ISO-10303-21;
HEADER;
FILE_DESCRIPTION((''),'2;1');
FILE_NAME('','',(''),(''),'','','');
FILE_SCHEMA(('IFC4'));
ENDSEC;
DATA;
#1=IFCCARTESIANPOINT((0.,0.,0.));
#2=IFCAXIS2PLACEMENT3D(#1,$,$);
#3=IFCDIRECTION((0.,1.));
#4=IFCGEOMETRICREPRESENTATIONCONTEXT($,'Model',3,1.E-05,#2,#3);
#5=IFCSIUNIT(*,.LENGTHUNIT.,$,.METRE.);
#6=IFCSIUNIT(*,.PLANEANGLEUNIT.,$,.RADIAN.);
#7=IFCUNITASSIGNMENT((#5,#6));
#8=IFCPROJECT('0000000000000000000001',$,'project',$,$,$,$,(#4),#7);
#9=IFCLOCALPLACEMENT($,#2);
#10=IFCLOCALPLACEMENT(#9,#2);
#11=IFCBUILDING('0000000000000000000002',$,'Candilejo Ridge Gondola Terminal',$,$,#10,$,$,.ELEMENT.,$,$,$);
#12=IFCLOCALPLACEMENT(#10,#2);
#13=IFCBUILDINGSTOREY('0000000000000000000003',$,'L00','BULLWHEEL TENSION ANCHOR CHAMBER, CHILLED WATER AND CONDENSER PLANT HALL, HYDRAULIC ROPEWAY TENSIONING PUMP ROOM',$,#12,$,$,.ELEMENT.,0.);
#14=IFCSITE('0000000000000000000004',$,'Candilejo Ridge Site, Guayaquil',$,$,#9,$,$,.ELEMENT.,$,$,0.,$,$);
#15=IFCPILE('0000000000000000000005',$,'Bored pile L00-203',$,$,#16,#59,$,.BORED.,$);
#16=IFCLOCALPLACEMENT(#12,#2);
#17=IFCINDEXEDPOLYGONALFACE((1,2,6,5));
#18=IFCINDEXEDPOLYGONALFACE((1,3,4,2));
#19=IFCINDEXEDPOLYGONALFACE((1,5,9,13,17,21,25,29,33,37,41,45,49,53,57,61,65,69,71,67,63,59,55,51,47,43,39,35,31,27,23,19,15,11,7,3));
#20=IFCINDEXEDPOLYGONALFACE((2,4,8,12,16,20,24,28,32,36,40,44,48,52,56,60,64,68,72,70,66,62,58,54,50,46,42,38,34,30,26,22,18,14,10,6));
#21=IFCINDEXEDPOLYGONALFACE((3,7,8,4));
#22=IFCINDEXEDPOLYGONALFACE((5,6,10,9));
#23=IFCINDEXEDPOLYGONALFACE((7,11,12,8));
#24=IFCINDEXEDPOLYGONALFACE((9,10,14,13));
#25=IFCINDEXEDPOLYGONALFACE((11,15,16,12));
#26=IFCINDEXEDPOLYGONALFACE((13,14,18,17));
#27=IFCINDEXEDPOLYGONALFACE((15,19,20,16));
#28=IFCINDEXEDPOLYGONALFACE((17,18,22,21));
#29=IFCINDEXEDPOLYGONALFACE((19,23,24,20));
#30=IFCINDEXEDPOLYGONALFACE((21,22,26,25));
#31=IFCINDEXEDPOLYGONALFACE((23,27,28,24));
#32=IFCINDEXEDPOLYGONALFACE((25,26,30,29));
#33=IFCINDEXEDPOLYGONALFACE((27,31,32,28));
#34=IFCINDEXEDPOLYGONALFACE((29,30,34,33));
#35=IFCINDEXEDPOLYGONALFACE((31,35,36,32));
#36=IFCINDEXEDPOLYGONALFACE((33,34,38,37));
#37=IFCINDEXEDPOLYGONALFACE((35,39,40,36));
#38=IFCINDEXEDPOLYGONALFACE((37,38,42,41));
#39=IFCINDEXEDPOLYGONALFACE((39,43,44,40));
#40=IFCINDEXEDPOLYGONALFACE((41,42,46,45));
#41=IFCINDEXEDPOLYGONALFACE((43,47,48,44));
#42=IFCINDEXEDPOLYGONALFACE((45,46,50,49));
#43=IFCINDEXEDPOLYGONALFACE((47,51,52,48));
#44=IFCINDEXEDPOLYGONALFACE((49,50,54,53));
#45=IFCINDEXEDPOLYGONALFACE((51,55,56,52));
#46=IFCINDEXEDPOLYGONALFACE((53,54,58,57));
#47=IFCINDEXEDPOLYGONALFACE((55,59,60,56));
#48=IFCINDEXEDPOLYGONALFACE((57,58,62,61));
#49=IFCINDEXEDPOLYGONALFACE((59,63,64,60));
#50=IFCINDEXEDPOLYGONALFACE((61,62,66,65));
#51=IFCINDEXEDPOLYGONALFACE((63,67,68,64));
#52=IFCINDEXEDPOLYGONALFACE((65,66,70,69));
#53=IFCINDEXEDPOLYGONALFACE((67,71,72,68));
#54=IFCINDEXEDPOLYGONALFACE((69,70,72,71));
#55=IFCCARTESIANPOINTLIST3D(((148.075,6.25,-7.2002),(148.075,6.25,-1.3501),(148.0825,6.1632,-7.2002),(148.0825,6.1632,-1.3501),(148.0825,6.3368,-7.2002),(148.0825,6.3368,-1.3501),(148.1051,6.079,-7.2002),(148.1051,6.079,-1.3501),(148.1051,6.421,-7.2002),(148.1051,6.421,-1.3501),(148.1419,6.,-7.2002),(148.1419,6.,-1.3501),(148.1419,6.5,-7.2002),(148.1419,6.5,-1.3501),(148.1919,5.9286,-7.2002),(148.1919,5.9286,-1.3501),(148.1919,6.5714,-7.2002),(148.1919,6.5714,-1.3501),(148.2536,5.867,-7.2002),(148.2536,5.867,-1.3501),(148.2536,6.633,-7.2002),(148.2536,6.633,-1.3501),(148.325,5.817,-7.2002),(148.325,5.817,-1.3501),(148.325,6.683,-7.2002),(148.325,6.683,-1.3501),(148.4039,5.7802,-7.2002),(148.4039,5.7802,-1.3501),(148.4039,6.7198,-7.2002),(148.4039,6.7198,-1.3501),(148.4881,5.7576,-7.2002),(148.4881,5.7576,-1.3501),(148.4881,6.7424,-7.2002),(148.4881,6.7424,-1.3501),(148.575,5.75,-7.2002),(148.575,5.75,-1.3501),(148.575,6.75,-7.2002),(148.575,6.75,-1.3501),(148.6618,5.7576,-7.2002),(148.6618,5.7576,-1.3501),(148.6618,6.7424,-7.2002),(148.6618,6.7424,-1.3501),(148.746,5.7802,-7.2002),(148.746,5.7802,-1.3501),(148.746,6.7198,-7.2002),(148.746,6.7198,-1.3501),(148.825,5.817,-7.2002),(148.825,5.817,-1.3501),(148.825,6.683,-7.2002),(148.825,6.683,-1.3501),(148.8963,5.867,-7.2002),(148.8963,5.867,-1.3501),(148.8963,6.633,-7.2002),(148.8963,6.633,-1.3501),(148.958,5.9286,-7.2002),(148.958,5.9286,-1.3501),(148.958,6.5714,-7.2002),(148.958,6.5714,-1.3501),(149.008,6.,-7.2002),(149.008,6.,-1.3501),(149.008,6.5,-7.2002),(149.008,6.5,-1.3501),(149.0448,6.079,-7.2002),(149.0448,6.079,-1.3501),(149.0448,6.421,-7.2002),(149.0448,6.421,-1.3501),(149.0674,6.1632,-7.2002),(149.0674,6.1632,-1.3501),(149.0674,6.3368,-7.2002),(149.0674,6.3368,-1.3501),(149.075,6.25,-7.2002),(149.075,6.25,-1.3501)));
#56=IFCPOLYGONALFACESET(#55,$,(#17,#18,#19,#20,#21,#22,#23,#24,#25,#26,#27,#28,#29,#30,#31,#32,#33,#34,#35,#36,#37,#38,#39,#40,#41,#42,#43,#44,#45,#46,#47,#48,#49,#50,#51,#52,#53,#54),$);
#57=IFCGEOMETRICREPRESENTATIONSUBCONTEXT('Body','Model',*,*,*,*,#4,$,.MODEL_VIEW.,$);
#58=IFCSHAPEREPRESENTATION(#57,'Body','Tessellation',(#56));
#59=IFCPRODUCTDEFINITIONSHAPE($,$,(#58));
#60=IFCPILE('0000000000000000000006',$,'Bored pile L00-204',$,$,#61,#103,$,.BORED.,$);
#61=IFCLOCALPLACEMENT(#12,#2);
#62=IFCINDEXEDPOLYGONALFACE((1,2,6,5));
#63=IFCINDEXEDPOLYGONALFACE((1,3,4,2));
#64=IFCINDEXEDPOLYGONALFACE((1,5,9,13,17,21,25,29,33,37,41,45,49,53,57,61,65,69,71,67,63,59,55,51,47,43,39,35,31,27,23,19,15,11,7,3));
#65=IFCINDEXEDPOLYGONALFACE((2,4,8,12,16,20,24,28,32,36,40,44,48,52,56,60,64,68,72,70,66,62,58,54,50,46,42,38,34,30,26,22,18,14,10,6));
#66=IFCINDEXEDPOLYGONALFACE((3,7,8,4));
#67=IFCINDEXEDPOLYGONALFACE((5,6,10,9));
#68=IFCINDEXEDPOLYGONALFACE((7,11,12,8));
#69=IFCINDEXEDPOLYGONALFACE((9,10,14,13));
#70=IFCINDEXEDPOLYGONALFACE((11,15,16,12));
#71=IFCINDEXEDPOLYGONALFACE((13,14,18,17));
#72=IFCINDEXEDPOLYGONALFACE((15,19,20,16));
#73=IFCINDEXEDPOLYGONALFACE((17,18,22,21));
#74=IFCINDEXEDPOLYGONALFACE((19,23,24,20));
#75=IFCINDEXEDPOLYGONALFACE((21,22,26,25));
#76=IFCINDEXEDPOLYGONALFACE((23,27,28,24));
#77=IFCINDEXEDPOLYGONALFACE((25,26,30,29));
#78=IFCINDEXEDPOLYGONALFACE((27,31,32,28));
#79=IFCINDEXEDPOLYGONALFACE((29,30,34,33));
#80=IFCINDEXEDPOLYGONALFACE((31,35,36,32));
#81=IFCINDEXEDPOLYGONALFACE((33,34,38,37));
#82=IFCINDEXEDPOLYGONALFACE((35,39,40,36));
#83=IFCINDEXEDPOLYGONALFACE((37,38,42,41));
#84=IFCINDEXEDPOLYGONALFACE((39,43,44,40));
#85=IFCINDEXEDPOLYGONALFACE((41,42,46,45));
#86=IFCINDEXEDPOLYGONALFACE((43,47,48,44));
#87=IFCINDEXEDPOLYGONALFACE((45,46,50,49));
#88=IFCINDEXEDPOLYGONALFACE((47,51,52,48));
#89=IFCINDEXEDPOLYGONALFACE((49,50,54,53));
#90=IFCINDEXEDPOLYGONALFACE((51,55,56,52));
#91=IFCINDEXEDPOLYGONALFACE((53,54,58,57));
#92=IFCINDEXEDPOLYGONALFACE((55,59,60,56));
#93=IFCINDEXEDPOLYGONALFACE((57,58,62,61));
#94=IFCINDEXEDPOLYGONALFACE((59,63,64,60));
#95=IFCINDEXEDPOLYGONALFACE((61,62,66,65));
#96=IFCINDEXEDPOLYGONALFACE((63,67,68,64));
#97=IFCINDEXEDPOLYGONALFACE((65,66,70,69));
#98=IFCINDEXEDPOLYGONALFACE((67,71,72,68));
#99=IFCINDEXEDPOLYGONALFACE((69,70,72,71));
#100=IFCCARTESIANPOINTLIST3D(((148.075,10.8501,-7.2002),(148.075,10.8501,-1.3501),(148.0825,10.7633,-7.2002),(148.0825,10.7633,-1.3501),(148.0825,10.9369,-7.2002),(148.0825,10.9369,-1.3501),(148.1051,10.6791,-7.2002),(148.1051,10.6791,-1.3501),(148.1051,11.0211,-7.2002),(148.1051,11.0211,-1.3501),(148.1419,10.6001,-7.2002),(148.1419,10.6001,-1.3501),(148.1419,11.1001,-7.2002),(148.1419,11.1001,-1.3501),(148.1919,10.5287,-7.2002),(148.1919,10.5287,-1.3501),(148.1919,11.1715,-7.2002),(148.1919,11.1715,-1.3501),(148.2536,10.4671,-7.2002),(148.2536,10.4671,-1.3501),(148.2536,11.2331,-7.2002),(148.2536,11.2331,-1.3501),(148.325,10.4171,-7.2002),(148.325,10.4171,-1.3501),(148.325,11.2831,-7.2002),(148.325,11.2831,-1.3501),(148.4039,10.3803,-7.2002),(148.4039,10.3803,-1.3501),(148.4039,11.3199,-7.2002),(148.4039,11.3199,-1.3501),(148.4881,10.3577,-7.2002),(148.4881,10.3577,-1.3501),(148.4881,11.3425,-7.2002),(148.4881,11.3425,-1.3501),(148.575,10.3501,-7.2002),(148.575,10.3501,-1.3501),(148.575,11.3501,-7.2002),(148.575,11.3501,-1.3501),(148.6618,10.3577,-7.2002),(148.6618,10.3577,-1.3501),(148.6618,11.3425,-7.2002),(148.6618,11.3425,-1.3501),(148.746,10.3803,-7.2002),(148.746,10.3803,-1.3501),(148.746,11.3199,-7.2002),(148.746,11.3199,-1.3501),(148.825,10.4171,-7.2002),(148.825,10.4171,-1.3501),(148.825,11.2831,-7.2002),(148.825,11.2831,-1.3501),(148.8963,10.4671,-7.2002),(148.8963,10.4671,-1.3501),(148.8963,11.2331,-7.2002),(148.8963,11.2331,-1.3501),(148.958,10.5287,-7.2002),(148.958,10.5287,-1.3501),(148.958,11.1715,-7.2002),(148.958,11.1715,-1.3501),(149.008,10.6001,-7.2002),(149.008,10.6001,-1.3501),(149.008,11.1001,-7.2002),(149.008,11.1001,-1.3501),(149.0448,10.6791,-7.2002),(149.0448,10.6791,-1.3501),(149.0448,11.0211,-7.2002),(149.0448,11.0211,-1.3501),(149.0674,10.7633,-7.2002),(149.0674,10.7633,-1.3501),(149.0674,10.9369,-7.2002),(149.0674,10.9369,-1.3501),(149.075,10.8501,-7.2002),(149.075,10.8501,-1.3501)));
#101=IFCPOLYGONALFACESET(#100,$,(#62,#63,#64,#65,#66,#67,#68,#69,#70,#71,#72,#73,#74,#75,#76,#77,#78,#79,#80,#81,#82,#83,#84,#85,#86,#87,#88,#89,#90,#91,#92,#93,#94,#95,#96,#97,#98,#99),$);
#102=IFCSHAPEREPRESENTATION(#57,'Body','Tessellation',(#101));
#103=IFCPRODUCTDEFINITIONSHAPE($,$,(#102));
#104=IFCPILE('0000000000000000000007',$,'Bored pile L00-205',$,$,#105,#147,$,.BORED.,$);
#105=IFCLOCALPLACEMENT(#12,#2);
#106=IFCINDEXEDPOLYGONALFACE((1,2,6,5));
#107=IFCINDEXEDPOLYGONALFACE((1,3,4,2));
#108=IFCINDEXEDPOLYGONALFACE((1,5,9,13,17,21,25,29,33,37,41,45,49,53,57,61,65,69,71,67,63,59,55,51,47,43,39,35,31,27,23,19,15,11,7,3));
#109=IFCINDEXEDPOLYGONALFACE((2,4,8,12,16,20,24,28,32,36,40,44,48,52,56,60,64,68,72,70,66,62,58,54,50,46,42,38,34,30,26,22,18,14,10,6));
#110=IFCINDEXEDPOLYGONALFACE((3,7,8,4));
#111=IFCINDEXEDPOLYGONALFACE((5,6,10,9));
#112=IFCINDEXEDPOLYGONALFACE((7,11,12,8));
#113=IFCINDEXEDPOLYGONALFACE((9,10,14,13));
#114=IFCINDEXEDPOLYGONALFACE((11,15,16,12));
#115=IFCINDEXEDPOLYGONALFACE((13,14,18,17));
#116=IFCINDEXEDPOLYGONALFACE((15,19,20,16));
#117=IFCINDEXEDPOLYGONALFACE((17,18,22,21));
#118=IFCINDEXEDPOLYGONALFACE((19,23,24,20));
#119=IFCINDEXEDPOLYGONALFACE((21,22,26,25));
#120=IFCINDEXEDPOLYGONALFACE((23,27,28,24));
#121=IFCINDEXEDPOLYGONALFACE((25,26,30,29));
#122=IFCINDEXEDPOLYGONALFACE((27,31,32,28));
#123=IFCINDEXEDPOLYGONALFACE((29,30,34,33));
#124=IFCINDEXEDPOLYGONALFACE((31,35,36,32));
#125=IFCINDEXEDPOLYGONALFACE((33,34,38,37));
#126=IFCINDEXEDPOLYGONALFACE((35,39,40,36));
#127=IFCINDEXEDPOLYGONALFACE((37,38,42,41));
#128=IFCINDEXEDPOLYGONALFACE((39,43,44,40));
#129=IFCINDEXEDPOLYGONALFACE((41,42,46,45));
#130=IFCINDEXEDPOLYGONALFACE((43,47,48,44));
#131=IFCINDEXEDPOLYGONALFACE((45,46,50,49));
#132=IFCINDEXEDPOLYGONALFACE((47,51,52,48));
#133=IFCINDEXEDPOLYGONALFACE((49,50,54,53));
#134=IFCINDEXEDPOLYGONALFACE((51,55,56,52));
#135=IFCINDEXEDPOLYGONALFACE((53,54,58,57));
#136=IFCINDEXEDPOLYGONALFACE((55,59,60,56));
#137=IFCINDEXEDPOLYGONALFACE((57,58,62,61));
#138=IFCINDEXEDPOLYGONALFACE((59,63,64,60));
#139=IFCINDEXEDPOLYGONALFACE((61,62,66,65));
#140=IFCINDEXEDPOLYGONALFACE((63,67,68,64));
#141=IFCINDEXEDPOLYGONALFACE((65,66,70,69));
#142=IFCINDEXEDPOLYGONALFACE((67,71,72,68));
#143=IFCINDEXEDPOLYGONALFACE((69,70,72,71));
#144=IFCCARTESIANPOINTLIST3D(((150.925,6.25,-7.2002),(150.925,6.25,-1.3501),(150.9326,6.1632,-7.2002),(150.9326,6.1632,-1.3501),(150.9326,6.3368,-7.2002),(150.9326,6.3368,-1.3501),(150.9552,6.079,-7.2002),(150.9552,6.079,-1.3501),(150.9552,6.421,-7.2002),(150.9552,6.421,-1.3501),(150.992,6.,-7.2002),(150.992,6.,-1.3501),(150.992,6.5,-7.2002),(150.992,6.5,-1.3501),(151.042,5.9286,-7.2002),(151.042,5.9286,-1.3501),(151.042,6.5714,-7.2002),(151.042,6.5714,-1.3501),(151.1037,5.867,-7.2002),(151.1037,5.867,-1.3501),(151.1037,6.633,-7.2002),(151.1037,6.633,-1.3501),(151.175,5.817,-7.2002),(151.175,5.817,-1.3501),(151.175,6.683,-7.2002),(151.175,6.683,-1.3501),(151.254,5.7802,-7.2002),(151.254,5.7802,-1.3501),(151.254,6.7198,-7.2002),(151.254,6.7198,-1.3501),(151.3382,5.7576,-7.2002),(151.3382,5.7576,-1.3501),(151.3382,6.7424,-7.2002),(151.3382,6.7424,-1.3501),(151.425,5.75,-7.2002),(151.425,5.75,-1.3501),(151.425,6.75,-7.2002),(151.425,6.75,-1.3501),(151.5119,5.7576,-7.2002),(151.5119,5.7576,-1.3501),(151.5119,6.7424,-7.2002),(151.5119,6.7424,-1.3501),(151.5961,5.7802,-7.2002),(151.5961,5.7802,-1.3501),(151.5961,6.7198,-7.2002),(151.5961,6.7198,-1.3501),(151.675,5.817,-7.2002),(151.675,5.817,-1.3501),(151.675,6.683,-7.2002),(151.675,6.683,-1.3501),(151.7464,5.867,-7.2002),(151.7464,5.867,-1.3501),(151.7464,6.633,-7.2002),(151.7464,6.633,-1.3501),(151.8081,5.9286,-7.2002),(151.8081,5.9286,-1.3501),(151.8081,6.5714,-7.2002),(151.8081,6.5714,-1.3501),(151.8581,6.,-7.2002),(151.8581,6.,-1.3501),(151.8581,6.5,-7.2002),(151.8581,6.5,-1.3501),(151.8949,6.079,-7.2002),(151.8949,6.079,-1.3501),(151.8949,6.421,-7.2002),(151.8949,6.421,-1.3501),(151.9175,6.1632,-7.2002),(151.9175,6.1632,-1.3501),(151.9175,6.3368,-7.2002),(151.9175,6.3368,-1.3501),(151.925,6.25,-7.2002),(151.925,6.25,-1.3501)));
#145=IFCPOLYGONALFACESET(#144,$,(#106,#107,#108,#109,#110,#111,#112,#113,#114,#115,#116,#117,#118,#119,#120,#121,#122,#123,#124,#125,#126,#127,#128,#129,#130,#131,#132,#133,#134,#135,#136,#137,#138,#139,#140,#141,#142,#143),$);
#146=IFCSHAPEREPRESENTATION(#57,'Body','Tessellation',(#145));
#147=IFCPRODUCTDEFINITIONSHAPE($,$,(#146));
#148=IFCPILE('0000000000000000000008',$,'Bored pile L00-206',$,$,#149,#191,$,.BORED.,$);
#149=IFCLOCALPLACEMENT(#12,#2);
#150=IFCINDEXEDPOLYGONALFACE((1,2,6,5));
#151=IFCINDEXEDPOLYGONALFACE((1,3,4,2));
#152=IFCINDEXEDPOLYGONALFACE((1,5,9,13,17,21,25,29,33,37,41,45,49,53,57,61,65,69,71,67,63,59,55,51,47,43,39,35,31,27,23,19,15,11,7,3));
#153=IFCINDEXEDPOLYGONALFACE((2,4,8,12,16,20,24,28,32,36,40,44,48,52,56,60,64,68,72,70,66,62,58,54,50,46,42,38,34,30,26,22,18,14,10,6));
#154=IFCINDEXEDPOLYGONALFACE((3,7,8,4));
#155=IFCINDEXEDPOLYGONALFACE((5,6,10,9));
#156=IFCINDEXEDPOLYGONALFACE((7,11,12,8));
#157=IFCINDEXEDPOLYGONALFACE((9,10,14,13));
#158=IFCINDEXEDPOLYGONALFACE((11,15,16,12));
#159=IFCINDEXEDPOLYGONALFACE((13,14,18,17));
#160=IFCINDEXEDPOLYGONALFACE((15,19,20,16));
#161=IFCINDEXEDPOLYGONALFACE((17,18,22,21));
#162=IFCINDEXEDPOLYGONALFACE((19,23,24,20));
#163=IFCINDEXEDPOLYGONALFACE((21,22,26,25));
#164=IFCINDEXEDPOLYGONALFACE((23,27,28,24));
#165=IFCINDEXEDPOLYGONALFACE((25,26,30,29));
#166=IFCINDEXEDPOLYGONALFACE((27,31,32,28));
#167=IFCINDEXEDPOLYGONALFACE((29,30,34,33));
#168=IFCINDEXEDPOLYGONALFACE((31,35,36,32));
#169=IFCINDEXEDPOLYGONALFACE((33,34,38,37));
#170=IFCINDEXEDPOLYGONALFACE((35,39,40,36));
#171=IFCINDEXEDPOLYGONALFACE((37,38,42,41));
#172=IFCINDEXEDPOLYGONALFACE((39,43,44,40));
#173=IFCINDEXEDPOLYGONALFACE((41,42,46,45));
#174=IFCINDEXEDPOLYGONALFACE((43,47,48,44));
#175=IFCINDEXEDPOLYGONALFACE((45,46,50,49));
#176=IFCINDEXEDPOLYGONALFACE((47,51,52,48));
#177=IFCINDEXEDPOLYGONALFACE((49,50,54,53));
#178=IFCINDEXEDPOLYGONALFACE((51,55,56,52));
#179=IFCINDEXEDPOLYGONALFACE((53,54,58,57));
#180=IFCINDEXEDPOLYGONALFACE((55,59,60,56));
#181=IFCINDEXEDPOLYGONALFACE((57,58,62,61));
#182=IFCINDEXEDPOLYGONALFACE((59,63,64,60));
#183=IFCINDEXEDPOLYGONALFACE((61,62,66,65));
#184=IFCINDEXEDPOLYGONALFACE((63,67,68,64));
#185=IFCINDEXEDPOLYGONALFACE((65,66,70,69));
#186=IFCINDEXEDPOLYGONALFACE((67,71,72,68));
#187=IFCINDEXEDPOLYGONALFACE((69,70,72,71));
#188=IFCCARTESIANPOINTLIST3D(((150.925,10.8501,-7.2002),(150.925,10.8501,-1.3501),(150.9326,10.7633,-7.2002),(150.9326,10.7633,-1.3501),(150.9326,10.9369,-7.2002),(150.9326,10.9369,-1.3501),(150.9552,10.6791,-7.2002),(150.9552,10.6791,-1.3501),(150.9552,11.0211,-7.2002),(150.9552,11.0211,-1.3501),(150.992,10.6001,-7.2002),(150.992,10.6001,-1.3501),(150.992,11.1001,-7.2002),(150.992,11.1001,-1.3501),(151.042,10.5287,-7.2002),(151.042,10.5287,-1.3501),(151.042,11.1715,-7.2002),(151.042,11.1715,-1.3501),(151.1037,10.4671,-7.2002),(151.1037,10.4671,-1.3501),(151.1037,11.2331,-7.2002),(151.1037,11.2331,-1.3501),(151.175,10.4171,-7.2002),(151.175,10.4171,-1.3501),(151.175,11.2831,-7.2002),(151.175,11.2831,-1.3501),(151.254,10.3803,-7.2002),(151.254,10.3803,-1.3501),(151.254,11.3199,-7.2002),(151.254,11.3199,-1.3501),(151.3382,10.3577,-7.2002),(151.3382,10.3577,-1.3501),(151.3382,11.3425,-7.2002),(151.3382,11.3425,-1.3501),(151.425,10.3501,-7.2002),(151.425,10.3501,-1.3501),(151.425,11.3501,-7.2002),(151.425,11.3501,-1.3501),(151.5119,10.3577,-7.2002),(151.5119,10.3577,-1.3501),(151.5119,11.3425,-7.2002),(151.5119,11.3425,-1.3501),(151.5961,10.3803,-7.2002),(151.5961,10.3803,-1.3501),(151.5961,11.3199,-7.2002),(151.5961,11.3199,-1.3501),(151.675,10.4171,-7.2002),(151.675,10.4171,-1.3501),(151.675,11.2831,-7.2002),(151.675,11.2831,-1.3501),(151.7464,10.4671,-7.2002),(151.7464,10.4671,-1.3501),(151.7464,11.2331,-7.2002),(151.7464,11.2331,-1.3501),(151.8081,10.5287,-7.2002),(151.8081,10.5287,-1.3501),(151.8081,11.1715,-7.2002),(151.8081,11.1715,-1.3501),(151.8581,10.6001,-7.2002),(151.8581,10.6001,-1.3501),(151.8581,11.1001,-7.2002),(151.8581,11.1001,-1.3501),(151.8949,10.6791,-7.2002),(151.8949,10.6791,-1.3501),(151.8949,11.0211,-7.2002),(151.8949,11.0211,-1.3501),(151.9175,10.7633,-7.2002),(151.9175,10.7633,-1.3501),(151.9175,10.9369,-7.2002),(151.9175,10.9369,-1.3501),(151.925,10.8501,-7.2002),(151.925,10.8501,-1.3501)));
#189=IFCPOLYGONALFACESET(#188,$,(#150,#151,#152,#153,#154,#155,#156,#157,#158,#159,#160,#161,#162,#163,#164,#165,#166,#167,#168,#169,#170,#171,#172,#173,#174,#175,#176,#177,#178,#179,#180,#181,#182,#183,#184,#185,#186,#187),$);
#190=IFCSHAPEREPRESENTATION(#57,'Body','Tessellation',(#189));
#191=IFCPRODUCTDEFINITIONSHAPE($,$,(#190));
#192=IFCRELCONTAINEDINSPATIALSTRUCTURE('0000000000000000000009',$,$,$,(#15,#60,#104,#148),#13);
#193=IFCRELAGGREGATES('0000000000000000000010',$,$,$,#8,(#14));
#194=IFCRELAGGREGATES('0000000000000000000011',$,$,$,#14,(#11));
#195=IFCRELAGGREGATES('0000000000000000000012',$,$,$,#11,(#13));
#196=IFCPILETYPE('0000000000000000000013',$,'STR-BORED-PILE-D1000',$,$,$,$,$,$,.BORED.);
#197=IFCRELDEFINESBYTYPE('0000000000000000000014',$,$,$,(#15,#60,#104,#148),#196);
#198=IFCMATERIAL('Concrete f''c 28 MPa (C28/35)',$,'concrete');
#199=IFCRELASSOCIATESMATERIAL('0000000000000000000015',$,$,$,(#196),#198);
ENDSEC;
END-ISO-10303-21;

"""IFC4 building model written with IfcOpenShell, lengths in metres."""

from ifc_helpers import new_model, si_unit, direction, frame, origin, origin_2d, place, context, subcontext, project, spatial, circle, extrude, material, material_profile, profile_set, type_object, element, save


model = new_model("IFC4")

# Units and contexts
model_context = context("Model", 3, precision=1e-05, world=origin(), true_north=direction((0.0, 1.0)))
body_context = subcontext(model_context, "Body", "Model", "MODEL_VIEW")
ifc_project = project(units=[si_unit("LENGTHUNIT", "METRE"), si_unit("PLANEANGLEUNIT", "RADIAN")], contexts=[model_context])

# Site, building, storey
site_placement = place(None, origin())
site = spatial("IfcSite", under=ifc_project, at=site_placement, Name="Candilejo Ridge Site, Guayaquil", CompositionType="ELEMENT", RefElevation=0.0)
building_placement = place(site_placement, origin())
building = spatial("IfcBuilding", under=site, at=building_placement, Name="Candilejo Ridge Gondola Terminal", CompositionType="ELEMENT")
storey_placement = place(building_placement, origin())
storey = spatial("IfcBuildingStorey", under=building, at=storey_placement, Name="L00", Description="BULLWHEEL TENSION ANCHOR CHAMBER, CHILLED WATER AND CONDENSER PLANT HALL, HYDRAULIC ROPEWAY TENSIONING PUMP ROOM", CompositionType="ELEMENT", Elevation=0.0)

# Piles
ifc_material_1 = material(Name="Concrete f'c 28 MPa (C28/35)", Category="concrete")
ifc_material_profile_1 = material_profile(ifc_material_1, circle(Radius=0.5, at=origin_2d()))
ifc_profile_set_1 = profile_set([ifc_material_profile_1], Name="Concrete f'c 28 MPa (C28/35)")
pile_type = type_object("IfcPileType", Name="STR-BORED-PILE-D1000", PredefinedType="BORED", material=ifc_profile_set_1)
for number, where, z_axis, x_axis, name in (
    (1, (148.575, 6.25, -1.3501), (0.0, 0.0, -1.0), (1.0, 0.0, 0.0), "Bored pile L00-203"),
    (2, (148.575, 10.8501, -1.3501), (0.0, 0.0, -1.0), (1.0, 0.0, 0.0), "Bored pile L00-204"),
    (3, (151.425, 6.25, -1.3501), (0.0, 0.0, -1.0), (1.0, 0.0, 0.0), "Bored pile L00-205"),
    (4, (151.425, 10.8501, -1.3501), (0.0, 0.0, -1.0), (1.0, 0.0, 0.0), "Bored pile L00-206"),
):
    element("IfcPile", number, at=place(storey_placement, frame(where, z_axis=z_axis, x_axis=x_axis)), inside=storey, type_object=pile_type, Name=name, PredefinedType="BORED", context=body_context, shape_type="SweptSolid", body=[
        extrude(circle(Radius=0.5, at=origin_2d()), origin(), (0.0, 0.0, 1.0), 5.8501),
    ])

save(model, "model.ifc")
